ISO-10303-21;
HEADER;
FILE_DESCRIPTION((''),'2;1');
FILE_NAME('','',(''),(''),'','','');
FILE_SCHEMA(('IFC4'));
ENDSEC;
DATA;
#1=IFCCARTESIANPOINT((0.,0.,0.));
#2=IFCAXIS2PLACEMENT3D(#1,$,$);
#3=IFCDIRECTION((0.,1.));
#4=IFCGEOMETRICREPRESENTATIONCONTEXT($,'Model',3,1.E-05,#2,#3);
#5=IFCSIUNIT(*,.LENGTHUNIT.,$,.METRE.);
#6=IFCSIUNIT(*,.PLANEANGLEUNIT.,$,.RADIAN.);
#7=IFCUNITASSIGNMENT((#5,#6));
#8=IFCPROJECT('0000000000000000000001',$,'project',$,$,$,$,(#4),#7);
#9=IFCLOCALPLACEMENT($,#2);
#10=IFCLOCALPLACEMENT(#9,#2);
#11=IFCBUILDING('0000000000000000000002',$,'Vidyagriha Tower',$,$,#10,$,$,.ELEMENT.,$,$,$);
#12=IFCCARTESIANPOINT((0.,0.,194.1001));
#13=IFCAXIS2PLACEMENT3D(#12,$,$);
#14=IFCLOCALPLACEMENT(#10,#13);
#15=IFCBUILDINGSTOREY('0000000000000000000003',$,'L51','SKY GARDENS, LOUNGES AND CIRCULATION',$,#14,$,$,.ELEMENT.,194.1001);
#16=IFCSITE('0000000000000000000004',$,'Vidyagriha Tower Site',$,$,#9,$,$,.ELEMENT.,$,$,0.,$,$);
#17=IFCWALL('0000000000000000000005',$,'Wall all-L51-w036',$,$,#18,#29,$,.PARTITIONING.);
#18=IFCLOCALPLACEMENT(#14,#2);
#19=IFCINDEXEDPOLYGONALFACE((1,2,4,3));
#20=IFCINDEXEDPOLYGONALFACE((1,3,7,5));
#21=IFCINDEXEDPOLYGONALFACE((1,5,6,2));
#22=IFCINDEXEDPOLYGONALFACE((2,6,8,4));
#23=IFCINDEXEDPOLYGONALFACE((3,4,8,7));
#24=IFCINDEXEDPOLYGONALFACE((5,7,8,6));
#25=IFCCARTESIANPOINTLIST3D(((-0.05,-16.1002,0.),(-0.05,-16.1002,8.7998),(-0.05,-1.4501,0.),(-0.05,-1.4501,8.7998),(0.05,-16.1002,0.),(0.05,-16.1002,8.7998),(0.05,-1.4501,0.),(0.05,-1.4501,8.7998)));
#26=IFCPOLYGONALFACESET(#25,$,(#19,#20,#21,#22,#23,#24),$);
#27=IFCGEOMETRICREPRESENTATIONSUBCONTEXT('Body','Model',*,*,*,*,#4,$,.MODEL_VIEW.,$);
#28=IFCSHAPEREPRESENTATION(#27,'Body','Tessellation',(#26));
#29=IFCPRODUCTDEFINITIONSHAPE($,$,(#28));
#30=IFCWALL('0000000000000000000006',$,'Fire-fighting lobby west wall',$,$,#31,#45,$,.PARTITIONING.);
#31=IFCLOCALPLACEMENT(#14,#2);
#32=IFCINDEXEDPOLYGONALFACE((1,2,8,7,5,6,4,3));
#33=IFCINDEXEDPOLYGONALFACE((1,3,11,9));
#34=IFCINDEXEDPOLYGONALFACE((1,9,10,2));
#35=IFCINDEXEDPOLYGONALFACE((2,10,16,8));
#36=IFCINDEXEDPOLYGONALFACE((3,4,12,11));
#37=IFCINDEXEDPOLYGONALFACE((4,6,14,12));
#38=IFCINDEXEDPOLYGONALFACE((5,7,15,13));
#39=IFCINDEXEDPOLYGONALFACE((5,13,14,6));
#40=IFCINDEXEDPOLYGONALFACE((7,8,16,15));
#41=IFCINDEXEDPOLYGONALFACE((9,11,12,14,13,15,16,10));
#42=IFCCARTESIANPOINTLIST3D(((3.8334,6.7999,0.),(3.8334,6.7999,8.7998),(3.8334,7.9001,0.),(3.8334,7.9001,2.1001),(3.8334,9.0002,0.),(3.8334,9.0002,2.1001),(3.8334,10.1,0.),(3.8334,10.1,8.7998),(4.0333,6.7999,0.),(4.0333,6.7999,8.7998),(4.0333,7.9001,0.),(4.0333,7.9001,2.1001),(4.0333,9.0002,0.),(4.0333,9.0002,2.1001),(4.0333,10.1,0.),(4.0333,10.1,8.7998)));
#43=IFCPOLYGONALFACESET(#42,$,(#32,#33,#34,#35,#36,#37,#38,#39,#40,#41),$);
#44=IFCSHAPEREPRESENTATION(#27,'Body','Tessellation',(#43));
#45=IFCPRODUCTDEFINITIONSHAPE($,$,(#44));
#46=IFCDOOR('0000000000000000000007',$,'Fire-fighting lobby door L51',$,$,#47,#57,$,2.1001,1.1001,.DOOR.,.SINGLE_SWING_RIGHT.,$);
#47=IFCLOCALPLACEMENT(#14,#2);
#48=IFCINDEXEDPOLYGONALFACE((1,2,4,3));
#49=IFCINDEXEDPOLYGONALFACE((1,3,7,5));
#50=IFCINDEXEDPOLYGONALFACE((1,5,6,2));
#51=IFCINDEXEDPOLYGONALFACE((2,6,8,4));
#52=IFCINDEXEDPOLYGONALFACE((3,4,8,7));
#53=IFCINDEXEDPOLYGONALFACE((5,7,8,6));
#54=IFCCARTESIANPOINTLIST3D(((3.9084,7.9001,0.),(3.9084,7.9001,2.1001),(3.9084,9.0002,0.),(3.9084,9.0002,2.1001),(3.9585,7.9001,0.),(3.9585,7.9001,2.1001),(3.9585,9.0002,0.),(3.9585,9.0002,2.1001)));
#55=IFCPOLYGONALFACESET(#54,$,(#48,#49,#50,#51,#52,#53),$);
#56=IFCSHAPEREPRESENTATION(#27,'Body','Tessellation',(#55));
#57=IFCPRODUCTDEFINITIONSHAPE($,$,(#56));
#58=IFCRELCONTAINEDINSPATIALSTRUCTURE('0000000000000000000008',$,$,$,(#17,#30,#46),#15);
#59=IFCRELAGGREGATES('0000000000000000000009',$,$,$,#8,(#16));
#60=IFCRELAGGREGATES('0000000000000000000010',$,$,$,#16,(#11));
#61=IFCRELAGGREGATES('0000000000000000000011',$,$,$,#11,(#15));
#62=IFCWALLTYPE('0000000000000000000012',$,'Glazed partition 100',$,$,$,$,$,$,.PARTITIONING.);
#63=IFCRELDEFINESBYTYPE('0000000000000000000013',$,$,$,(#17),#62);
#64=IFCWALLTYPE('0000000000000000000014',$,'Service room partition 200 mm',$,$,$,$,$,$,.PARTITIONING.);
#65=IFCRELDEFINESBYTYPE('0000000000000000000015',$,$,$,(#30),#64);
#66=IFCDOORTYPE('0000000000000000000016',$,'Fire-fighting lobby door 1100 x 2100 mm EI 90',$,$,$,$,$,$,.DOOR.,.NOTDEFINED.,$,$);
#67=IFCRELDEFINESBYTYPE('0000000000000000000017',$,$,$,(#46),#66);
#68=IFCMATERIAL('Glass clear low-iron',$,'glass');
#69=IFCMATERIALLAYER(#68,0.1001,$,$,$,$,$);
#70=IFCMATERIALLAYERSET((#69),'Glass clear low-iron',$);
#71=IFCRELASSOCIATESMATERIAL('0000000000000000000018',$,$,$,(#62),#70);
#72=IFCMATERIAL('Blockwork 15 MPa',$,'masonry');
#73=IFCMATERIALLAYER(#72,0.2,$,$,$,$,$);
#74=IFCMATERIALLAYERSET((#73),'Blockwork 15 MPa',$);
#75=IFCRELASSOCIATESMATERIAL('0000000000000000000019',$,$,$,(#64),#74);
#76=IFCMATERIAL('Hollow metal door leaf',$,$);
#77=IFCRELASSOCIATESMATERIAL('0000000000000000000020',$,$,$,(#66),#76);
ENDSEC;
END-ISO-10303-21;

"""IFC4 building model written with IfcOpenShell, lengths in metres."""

from ifc_helpers import new_model, si_unit, direction, frame, frame_2d, origin, place, context, subcontext, project, spatial, rectangle, extrude, material, layer, layer_set, type_object, element, fill, save


model = new_model("IFC4")

# Units and contexts
model_context = context("Model", 3, precision=1e-05, world=origin(), true_north=direction((0.0, 1.0)))
body_context = subcontext(model_context, "Body", "Model", "MODEL_VIEW")
ifc_project = project(units=[si_unit("LENGTHUNIT", "METRE"), si_unit("PLANEANGLEUNIT", "RADIAN")], contexts=[model_context])

# Site, building, storey
site_placement = place(None, origin())
site = spatial("IfcSite", under=ifc_project, at=site_placement, Name="Vidyagriha Tower Site", CompositionType="ELEMENT", RefElevation=0.0)
building_placement = place(site_placement, origin())
building = spatial("IfcBuilding", under=site, at=building_placement, Name="Vidyagriha Tower", CompositionType="ELEMENT")
storey_placement = place(building_placement, frame((0.0, 0.0, 194.1001)))
storey = spatial("IfcBuildingStorey", under=building, at=storey_placement, Name="L51", Description="SKY GARDENS, LOUNGES AND CIRCULATION", CompositionType="ELEMENT", Elevation=194.1001)

# Wall
ifc_material_1 = material(Name="Glass clear low-iron", Category="glass")
ifc_layer_1 = layer(ifc_material_1, 0.1001)
ifc_layer_set_1 = layer_set([ifc_layer_1], Name="Glass clear low-iron")
wall_type_1 = type_object("IfcWallType", Name="Glazed partition 100", PredefinedType="PARTITIONING", material=ifc_layer_set_1)
wall_1_placement = place(storey_placement, frame((0.0, -1.45, 0.0), z_axis=(0.0, 0.0, 1.0), x_axis=(0.0, -1.0, 0.0)))
element("IfcWall", 1, at=wall_1_placement, inside=storey, type_object=wall_type_1, Name="Wall all-L51-w036", PredefinedType="PARTITIONING", context=body_context, shape_type="SweptSolid", body=[
    extrude(rectangle(XDim=14.6501, YDim=0.1001, at=frame_2d((7.3252, 0.0))), origin(), (0.0, 0.0, 1.0), 8.7998),
])

# Wall, opening, door
ifc_material_2 = material(Name="Blockwork 15 MPa", Category="masonry")
ifc_layer_2 = layer(ifc_material_2, 0.2)
ifc_layer_set_2 = layer_set([ifc_layer_2], Name="Blockwork 15 MPa")
wall_type_2 = type_object("IfcWallType", Name="Service room partition 200 mm", PredefinedType="PARTITIONING", material=ifc_layer_set_2)
wall_2_placement = place(storey_placement, frame((3.9333, 6.8, 0.0), z_axis=(0.0, 0.0, 1.0), x_axis=(0.0, 1.0, 0.0)))
wall_2 = element("IfcWall", 2, at=wall_2_placement, inside=storey, type_object=wall_type_2, Name="Fire-fighting lobby west wall", PredefinedType="PARTITIONING", context=body_context, shape_type="SweptSolid", body=[
    extrude(rectangle(XDim=3.3, YDim=0.2, at=frame_2d((1.6499, 0.0))), origin(), (0.0, 0.0, 1.0), 8.7998),
])
opening_1_placement = place(wall_2_placement, frame((1.1001, 0.0, 0.0)))
opening_1 = element("IfcOpeningElement", 3, at=opening_1_placement, cuts=wall_2, PredefinedType="OPENING", context=body_context, shape_type="SweptSolid", body=[
    extrude(rectangle(XDim=1.1001, YDim=2.1001, at=frame_2d((0.55, 1.05))), frame((0.0, 0.1099, 0.0), z_axis=(0.0, -1.0, 0.0), x_axis=(1.0, 0.0, 0.0)), (0.0, 0.0, 1.0), 0.22),
])
ifc_material_3 = material(Name="Hollow metal door leaf")
door_type_1 = type_object("IfcDoorType", Name="Fire-fighting lobby door 1100 x 2100 mm EI 90", OperationType="NOTDEFINED", PredefinedType="DOOR", material=ifc_material_3)
door_1_placement = place(opening_1_placement, origin())
door_1 = element("IfcDoor", 4, at=door_1_placement, inside=storey, type_object=door_type_1, Name="Fire-fighting lobby door L51", OperationType="SINGLE_SWING_RIGHT", OverallHeight=2.1001, OverallWidth=1.1001, PredefinedType="DOOR", context=body_context, shape_type="SweptSolid", body=[
    extrude(rectangle(XDim=1.1001, YDim=2.1001, at=frame_2d((0.55, 1.05))), frame((0.0, 0.0249, 0.0), z_axis=(0.0, -1.0, 0.0), x_axis=(1.0, 0.0, 0.0)), (0.0, 0.0, 1.0), 0.05),
])
fill(opening_1, door_1)

save(model, "model.ifc")
